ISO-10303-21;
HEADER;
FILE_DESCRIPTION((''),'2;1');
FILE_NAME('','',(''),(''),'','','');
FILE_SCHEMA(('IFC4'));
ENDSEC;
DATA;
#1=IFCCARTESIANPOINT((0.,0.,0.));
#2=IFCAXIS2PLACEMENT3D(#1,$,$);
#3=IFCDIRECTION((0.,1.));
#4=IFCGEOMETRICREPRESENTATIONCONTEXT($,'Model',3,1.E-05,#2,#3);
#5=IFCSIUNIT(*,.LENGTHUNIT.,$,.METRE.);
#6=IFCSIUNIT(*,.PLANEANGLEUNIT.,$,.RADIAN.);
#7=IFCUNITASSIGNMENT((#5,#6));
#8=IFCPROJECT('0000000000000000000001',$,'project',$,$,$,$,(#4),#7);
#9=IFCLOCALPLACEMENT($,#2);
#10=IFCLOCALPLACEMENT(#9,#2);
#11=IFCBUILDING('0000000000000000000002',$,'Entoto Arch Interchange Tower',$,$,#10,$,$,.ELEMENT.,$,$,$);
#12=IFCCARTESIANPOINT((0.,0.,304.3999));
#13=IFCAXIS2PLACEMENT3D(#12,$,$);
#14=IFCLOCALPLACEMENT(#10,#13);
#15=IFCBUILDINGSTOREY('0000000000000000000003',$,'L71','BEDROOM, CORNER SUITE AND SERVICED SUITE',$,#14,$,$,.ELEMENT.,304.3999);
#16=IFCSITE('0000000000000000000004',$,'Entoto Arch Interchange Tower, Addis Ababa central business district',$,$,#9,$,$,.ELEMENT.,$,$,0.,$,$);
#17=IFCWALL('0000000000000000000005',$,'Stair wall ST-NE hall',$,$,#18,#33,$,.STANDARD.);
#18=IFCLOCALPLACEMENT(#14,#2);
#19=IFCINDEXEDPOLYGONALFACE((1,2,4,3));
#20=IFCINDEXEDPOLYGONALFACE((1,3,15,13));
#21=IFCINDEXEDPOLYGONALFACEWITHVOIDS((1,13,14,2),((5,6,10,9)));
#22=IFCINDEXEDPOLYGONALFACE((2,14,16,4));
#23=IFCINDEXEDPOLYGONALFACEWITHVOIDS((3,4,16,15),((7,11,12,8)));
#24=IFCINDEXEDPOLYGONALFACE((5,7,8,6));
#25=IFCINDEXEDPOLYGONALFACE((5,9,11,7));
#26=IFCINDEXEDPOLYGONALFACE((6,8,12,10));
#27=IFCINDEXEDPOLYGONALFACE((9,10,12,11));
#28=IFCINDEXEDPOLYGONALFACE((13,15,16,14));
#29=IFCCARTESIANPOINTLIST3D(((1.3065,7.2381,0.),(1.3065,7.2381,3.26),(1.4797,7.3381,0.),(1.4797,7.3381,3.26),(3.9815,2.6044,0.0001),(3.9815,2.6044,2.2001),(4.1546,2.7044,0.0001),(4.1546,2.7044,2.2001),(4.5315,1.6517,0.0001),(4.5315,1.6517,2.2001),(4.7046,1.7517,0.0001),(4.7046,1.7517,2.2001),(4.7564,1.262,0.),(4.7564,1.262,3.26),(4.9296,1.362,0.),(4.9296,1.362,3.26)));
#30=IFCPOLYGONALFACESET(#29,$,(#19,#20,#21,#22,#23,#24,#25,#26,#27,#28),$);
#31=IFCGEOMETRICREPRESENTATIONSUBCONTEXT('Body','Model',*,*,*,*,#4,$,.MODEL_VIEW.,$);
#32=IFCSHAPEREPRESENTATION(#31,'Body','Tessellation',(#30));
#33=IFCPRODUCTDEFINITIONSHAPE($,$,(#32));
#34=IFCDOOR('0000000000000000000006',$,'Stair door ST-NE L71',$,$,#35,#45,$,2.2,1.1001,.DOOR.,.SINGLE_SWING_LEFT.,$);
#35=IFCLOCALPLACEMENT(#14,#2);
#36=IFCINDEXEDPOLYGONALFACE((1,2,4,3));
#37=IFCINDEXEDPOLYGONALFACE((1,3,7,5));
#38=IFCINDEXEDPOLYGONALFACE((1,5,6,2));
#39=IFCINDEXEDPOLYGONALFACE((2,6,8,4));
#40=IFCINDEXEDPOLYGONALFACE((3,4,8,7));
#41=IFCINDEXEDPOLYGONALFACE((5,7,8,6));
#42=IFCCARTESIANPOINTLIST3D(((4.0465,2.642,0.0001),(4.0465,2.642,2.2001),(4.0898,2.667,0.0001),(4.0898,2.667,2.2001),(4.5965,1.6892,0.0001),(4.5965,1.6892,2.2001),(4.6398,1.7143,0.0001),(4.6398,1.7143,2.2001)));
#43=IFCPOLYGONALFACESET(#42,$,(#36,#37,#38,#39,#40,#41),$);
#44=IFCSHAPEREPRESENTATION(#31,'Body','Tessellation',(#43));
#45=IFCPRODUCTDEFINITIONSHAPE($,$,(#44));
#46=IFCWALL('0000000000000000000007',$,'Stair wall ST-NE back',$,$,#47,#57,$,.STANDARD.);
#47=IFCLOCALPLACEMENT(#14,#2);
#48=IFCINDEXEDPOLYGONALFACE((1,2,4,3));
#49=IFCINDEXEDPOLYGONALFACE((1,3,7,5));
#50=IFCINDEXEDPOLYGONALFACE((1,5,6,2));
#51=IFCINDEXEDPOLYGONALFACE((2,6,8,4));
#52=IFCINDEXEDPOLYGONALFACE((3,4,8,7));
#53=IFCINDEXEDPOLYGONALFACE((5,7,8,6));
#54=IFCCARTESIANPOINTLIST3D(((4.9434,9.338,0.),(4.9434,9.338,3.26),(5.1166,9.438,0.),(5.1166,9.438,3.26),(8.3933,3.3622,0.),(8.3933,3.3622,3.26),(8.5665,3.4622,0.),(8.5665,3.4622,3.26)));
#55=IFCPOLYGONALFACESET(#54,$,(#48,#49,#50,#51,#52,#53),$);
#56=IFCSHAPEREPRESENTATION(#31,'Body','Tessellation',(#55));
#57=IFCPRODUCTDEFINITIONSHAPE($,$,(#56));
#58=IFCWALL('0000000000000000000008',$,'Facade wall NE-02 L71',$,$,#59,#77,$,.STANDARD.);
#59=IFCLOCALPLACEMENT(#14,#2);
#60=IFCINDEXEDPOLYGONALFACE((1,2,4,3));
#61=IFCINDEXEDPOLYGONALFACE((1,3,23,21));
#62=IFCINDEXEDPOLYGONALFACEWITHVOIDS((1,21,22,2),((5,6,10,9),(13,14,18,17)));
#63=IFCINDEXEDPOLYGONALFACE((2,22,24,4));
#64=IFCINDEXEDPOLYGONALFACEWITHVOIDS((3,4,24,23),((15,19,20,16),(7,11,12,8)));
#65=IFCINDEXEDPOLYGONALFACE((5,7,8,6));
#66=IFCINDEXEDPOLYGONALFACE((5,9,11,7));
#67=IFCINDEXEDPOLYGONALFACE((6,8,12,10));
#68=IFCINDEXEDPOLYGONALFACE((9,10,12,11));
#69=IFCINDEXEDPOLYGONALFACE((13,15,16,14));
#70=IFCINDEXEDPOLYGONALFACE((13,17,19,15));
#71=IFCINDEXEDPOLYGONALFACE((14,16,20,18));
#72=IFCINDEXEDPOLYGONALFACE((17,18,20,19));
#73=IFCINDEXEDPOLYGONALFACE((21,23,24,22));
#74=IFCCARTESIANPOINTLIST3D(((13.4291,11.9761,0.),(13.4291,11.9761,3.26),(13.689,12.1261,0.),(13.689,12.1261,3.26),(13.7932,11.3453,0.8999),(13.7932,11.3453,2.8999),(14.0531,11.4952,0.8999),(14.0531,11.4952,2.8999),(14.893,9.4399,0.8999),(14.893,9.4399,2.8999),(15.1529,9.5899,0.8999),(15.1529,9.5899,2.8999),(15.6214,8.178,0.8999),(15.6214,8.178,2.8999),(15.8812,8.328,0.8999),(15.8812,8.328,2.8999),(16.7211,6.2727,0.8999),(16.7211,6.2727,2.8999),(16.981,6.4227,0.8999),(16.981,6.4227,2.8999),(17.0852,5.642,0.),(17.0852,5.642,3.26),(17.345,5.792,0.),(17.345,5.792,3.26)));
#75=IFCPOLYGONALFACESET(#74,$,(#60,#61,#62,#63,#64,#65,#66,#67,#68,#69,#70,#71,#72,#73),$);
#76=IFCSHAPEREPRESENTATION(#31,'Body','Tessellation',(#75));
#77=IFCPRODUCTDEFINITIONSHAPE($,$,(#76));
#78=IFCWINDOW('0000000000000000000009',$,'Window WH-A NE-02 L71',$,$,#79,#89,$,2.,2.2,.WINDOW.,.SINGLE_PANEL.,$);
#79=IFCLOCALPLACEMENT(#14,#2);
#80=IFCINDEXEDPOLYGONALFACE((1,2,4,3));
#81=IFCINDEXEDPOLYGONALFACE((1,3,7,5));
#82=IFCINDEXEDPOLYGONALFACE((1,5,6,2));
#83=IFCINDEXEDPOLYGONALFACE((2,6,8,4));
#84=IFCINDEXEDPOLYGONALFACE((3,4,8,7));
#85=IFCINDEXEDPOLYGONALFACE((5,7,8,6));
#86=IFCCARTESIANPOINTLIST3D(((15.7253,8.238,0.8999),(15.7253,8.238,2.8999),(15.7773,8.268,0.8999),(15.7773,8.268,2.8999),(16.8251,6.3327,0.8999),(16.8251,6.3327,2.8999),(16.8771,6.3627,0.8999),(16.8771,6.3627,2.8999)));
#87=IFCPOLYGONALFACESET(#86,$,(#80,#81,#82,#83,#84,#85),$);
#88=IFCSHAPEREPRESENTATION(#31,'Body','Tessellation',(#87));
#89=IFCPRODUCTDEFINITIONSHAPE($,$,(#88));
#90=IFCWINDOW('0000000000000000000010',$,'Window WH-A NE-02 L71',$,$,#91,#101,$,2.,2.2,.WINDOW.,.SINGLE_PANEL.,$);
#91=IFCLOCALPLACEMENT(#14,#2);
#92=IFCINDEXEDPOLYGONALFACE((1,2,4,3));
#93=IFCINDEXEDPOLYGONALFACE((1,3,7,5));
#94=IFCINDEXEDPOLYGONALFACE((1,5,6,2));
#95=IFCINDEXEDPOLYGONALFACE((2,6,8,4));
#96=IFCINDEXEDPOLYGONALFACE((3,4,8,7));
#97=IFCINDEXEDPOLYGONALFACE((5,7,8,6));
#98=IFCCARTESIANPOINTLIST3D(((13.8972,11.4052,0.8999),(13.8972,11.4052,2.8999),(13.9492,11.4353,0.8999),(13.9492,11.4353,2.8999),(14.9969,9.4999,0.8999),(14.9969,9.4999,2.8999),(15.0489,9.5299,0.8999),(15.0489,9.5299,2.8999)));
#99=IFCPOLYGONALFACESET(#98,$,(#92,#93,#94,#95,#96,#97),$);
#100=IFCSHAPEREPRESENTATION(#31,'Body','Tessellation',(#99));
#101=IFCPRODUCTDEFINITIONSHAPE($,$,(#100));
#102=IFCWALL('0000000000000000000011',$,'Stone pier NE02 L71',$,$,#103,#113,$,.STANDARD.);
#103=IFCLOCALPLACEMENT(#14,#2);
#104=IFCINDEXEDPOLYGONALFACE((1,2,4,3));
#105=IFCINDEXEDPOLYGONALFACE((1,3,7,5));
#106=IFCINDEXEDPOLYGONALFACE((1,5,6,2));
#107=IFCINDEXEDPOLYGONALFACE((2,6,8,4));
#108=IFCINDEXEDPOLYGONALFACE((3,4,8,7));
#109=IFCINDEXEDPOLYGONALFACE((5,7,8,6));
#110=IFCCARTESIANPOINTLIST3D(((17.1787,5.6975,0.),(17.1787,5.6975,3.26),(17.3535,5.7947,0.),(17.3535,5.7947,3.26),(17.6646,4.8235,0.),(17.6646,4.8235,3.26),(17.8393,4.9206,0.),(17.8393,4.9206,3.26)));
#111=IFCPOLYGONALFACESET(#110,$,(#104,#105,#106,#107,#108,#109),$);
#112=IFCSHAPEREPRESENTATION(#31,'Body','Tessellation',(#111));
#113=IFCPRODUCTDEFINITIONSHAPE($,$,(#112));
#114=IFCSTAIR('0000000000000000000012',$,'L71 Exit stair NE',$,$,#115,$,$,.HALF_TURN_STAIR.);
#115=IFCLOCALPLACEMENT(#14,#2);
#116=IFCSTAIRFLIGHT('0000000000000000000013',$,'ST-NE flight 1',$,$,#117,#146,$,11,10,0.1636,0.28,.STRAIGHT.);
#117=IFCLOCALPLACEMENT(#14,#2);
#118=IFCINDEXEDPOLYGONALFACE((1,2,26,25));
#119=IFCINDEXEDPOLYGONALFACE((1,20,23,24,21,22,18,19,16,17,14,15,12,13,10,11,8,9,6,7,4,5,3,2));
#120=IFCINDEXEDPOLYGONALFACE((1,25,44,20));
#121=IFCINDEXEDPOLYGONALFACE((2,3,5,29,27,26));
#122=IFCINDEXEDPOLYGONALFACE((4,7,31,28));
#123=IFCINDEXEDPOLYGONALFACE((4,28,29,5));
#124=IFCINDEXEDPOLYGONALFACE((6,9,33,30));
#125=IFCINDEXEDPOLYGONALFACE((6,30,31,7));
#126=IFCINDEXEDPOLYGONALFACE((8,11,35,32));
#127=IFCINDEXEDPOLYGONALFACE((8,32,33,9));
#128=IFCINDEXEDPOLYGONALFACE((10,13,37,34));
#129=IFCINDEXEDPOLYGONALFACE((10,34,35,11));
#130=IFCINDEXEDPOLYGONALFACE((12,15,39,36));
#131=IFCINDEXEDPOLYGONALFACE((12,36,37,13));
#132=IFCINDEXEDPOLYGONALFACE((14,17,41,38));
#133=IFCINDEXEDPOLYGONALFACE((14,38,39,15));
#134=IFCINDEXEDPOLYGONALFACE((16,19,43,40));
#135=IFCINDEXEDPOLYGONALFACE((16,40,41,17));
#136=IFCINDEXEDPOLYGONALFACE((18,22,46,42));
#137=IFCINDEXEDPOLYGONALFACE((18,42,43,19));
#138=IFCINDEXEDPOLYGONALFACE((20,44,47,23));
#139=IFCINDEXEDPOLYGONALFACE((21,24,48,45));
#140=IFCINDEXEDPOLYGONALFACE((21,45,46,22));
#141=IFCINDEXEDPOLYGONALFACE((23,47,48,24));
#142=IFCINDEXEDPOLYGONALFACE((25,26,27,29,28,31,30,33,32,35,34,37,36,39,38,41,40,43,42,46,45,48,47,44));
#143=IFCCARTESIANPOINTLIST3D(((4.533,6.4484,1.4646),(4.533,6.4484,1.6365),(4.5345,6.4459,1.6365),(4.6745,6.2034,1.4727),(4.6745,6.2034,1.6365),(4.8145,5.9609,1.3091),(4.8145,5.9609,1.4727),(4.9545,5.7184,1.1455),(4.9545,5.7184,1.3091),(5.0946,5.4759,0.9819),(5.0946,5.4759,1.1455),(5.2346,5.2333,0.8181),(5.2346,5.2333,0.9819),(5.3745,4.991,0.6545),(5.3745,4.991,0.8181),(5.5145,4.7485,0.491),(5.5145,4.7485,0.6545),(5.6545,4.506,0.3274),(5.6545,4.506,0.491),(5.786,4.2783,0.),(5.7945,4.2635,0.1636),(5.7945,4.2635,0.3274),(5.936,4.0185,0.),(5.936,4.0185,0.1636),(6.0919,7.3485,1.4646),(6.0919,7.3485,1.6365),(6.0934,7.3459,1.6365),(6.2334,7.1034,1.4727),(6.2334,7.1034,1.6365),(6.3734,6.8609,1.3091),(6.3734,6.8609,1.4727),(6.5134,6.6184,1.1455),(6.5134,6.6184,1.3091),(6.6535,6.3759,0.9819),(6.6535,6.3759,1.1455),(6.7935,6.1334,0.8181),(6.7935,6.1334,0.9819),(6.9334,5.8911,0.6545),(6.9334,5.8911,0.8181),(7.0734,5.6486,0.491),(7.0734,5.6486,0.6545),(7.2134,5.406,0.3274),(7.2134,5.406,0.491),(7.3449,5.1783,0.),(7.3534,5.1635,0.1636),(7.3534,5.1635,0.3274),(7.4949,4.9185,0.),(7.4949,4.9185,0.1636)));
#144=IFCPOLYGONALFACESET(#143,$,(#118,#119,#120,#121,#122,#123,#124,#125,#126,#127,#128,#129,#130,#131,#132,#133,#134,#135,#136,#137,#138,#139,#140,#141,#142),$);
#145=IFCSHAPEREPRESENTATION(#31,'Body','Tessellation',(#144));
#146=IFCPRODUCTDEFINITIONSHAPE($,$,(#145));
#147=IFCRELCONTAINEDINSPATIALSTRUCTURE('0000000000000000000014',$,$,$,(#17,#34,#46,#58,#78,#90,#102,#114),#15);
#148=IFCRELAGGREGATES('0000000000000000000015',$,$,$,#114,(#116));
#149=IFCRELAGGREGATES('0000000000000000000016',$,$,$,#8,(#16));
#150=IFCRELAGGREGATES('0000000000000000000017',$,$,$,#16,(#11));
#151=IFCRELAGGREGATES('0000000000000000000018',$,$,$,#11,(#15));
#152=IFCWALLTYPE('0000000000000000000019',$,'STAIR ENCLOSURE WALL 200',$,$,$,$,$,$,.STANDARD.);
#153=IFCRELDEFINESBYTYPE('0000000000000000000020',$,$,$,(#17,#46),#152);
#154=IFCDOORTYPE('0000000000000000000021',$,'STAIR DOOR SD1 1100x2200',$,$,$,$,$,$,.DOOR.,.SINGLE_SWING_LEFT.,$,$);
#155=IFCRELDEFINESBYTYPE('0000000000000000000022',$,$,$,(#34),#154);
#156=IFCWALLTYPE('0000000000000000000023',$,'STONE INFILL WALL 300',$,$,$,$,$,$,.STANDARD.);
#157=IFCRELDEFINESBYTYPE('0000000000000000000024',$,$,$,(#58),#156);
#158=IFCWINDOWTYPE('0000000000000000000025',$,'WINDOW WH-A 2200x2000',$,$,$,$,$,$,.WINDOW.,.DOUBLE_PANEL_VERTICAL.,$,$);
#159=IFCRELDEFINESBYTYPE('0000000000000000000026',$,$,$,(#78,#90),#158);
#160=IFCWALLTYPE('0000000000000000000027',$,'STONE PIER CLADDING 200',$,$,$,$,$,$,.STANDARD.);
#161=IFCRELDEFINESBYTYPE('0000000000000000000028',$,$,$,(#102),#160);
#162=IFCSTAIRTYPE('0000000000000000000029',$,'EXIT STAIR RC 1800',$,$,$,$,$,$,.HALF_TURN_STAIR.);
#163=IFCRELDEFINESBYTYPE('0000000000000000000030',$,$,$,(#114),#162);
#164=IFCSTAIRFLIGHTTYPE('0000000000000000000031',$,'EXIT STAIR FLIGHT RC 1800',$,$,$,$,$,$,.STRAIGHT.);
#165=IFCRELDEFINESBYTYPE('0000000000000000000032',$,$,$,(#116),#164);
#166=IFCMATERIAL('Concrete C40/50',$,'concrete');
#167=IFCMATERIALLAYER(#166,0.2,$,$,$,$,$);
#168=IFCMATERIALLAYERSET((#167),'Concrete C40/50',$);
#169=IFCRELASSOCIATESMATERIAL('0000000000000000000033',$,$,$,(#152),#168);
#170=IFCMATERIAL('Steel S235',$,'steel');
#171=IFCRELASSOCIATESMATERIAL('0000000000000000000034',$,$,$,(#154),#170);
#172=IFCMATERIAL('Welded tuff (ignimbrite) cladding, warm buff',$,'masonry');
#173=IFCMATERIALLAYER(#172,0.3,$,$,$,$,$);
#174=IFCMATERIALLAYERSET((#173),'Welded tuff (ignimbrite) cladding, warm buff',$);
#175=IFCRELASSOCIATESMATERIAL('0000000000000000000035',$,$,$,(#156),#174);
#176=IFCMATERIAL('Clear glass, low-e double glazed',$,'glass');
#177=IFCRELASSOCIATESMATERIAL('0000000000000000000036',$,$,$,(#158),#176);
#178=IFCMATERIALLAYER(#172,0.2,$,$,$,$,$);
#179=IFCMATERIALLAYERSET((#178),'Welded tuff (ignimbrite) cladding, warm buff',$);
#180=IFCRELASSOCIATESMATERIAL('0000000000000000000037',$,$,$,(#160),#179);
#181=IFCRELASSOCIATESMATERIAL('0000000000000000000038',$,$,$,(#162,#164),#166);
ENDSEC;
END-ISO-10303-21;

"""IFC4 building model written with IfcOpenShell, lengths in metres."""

from ifc_helpers import new_model, si_unit, direction, frame, frame_2d, origin, place, context, subcontext, project, spatial, polyline, rectangle, outline, extrude, material, layer, layer_set, type_object, element, fill, aggregate, save


model = new_model("IFC4")

# Units and contexts
model_context = context("Model", 3, precision=1e-05, world=origin(), true_north=direction((0.0, 1.0)))
body_context = subcontext(model_context, "Body", "Model", "MODEL_VIEW")
ifc_project = project(units=[si_unit("LENGTHUNIT", "METRE"), si_unit("PLANEANGLEUNIT", "RADIAN")], contexts=[model_context])

# Site, building, storey
site_placement = place(None, origin())
site = spatial("IfcSite", under=ifc_project, at=site_placement, Name="Entoto Arch Interchange Tower, Addis Ababa central business district", CompositionType="ELEMENT", RefElevation=0.0)
building_placement = place(site_placement, origin())
building = spatial("IfcBuilding", under=site, at=building_placement, Name="Entoto Arch Interchange Tower", CompositionType="ELEMENT")
storey_placement = place(building_placement, frame((0.0, 0.0, 304.3999)))
storey = spatial("IfcBuildingStorey", under=building, at=storey_placement, Name="L71", Description="BEDROOM, CORNER SUITE AND SERVICED SUITE", CompositionType="ELEMENT", Elevation=304.3999)

# Shared definitions
ifc_material_1 = material(Name="Concrete C40/50", Category="concrete")

# Wall, opening, door
ifc_layer_1 = layer(ifc_material_1, 0.2)
ifc_layer_set_1 = layer_set([ifc_layer_1], Name="Concrete C40/50")
wall_type_1 = type_object("IfcWallType", Name="STAIR ENCLOSURE WALL 200", PredefinedType="STANDARD", material=ifc_layer_set_1)
wall_1_placement = place(storey_placement, frame((4.843, 1.312, 0.0), z_axis=(0.0, 0.0, 1.0), x_axis=(-0.499963, 0.866047, 0.0)))
wall_1 = element("IfcWall", 1, at=wall_1_placement, inside=storey, type_object=wall_type_1, Name="Stair wall ST-NE hall", PredefinedType="STANDARD", context=body_context, shape_type="SweptSolid", body=[
    extrude(rectangle(XDim=6.9004, YDim=0.2, at=frame_2d((3.4502, 0.0))), origin(), (0.0, 0.0, 1.0), 3.26),
])
opening_1_placement = place(wall_1_placement, frame((0.45, 0.0, 0.0)))
opening_1 = element("IfcOpeningElement", 2, at=opening_1_placement, cuts=wall_1, PredefinedType="OPENING", context=body_context, shape_type="SweptSolid", body=[
    extrude(rectangle(XDim=1.1001, YDim=2.2, at=frame_2d((0.55, 1.1001))), frame((0.0, 0.1099, 0.0), z_axis=(0.0, -1.0, 0.0), x_axis=(1.0, 0.0, 0.0)), (0.0, 0.0, 1.0), 0.22),
])
ifc_material_2 = material(Name="Steel S235", Category="steel")
door_type_1 = type_object("IfcDoorType", Name="STAIR DOOR SD1 1100x2200", OperationType="SINGLE_SWING_LEFT", PredefinedType="DOOR", material=ifc_material_2)
door_1_placement = place(opening_1_placement, origin())
door_1 = element("IfcDoor", 3, at=door_1_placement, inside=storey, type_object=door_type_1, Name="Stair door ST-NE L71", OperationType="SINGLE_SWING_LEFT", OverallHeight=2.2, OverallWidth=1.1001, PredefinedType="DOOR", context=body_context, shape_type="SweptSolid", body=[
    extrude(rectangle(XDim=1.1001, YDim=2.2, at=frame_2d((0.55, 1.1001))), frame((0.0, 0.0249, 0.0), z_axis=(0.0, -1.0, 0.0), x_axis=(1.0, 0.0, 0.0)), (0.0, 0.0, 1.0), 0.05),
])
fill(opening_1, door_1)

# Wall
wall_2_placement = place(storey_placement, frame((8.48, 3.4121, 0.0), z_axis=(0.0, 0.0, 1.0), x_axis=(-0.499979, 0.866038, 0.0)))
element("IfcWall", 4, at=wall_2_placement, inside=storey, type_object=wall_type_1, Name="Stair wall ST-NE back", PredefinedType="STANDARD", context=body_context, shape_type="SweptSolid", body=[
    extrude(rectangle(XDim=6.9001, YDim=0.2, at=frame_2d((3.4502, 0.0))), origin(), (0.0, 0.0, 1.0), 3.26),
])

# Wall, openings, windows
ifc_material_3 = material(Name="Welded tuff (ignimbrite) cladding, warm buff", Category="masonry")
ifc_layer_2 = layer(ifc_material_3, 0.3)
ifc_layer_set_2 = layer_set([ifc_layer_2], Name="Welded tuff (ignimbrite) cladding, warm buff")
wall_type_2 = type_object("IfcWallType", Name="STONE INFILL WALL 300", PredefinedType="STANDARD", material=ifc_layer_set_2)
wall_3_placement = place(storey_placement, frame((17.2151, 5.717, 0.0), z_axis=(0.0, 0.0, 1.0), x_axis=(-0.499905, 0.86608, 0.0)))
wall_3 = element("IfcWall", 5, at=wall_3_placement, inside=storey, type_object=wall_type_2, Name="Facade wall NE-02 L71", PredefinedType="STANDARD", context=body_context, shape_type="SweptSolid", body=[
    extrude(rectangle(XDim=7.3135, YDim=0.3, at=frame_2d((3.6567, 0.0))), origin(), (0.0, 0.0, 1.0), 3.26),
])
opening_2_placement = place(wall_3_placement, frame((0.728, 0.0, 0.8999)))
opening_2 = element("IfcOpeningElement", 6, at=opening_2_placement, cuts=wall_3, PredefinedType="OPENING", context=body_context, shape_type="SweptSolid", body=[
    extrude(rectangle(XDim=2.2, YDim=2.0, at=frame_2d((1.1001, 1.0))), frame((0.0, 0.1602, 0.0), z_axis=(0.0, -1.0, 0.0), x_axis=(1.0, 0.0, 0.0)), (0.0, 0.0, 1.0), 0.3201),
])
opening_3_placement = place(wall_3_placement, frame((4.385, 0.0, 0.8999)))
opening_3 = element("IfcOpeningElement", 7, at=opening_3_placement, cuts=wall_3, PredefinedType="OPENING", context=body_context, shape_type="SweptSolid", body=[
    extrude(rectangle(XDim=2.2, YDim=2.0, at=frame_2d((1.1001, 1.0))), frame((0.0, 0.1602, 0.0), z_axis=(0.0, -1.0, 0.0), x_axis=(1.0, 0.0, 0.0)), (0.0, 0.0, 1.0), 0.3201),
])
ifc_material_4 = material(Name="Clear glass, low-e double glazed", Category="glass")
window_type = type_object("IfcWindowType", Name="WINDOW WH-A 2200x2000", PartitioningType="DOUBLE_PANEL_VERTICAL", PredefinedType="WINDOW", material=ifc_material_4)
window_1_placement = place(opening_2_placement, origin())
window_1 = element("IfcWindow", 8, at=window_1_placement, inside=storey, type_object=window_type, Name="Window WH-A NE-02 L71", OverallHeight=2.0, OverallWidth=2.2, PartitioningType="SINGLE_PANEL", PredefinedType="WINDOW", context=body_context, shape_type="SweptSolid", body=[
    extrude(rectangle(XDim=2.2, YDim=2.0, at=frame_2d((1.1001, 1.0))), frame((0.0, 0.03, 0.0), z_axis=(0.0, -1.0, 0.0), x_axis=(1.0, 0.0, 0.0)), (0.0, 0.0, 1.0), 0.0601),
])
fill(opening_2, window_1)
window_2_placement = place(opening_3_placement, origin())
window_2 = element("IfcWindow", 9, at=window_2_placement, inside=storey, type_object=window_type, Name="Window WH-A NE-02 L71", OverallHeight=2.0, OverallWidth=2.2, PartitioningType="SINGLE_PANEL", PredefinedType="WINDOW", context=body_context, shape_type="SweptSolid", body=[
    extrude(rectangle(XDim=2.2, YDim=2.0, at=frame_2d((1.1001, 1.0))), frame((0.0, 0.03, 0.0), z_axis=(0.0, -1.0, 0.0), x_axis=(1.0, 0.0, 0.0)), (0.0, 0.0, 1.0), 0.0601),
])
fill(opening_3, window_2)

# Wall
ifc_layer_3 = layer(ifc_material_3, 0.2)
ifc_layer_set_3 = layer_set([ifc_layer_3], Name="Welded tuff (ignimbrite) cladding, warm buff")
wall_type_3 = type_object("IfcWallType", Name="STONE PIER CLADDING 200", PredefinedType="STANDARD", material=ifc_layer_set_3)
wall_4_placement = place(storey_placement, frame((17.752, 4.8721, 0.0), z_axis=(0.0, 0.0, 1.0), x_axis=(-0.48585, 0.874042, 0.0)))
element("IfcWall", 10, at=wall_4_placement, inside=storey, type_object=wall_type_3, Name="Stone pier NE02 L71", PredefinedType="STANDARD", context=body_context, shape_type="SweptSolid", body=[
    extrude(rectangle(XDim=1.0, YDim=0.2, at=frame_2d((0.5, 0.0))), origin(), (0.0, 0.0, 1.0), 3.26),
])

# Stair, stair flight
stair_type = type_object("IfcStairType", Name="EXIT STAIR RC 1800", PredefinedType="HALF_TURN_STAIR", material=ifc_material_1)
stair_placement = place(storey_placement, origin())
stair = element("IfcStair", 11, at=stair_placement, inside=storey, type_object=stair_type, Name="L71 Exit stair NE", PredefinedType="HALF_TURN_STAIR")
stair_flight_type = type_object("IfcStairFlightType", Name="EXIT STAIR FLIGHT RC 1800", PredefinedType="STRAIGHT", material=ifc_material_1)
stair_flight_placement = place(storey_placement, frame((6.7139, 4.4709, 0.0), z_axis=(0.0, 0.0, 1.0), x_axis=(-0.5, 0.866025, 0.0)))
stair_flight = element("IfcStairFlight", 12, at=stair_flight_placement, type_object=stair_flight_type, Name="ST-NE flight 1", NumberOfRisers=11, NumberOfTreads=10, PredefinedType="STRAIGHT", RiserHeight=0.1636, TreadLength=0.28, context=body_context, shape_type="SweptSolid", body=[
    extrude(outline(polyline([(-0.0029, 0.0), (-0.0029, 0.1636), (0.28, 0.1636), (0.28, 0.3274), (0.5601, 0.3274), (0.5601, 0.491), (0.8401, 0.491), (0.8401, 0.6545), (1.1201, 0.6545), (1.1201, 0.8181), (1.3999, 0.8181), (1.3999, 0.9819), (1.6799, 0.9819), (1.6799, 1.1455), (1.96, 1.1455), (1.96, 1.3091), (2.24, 1.3091), (2.24, 1.4727), (2.52, 1.4727), (2.52, 1.6365), (2.8, 1.6365), (2.803, 1.6365), (2.803, 1.4646), (0.2971, 0.0), (-0.0029, 0.0)])), frame((0.0, 0.8999, 0.0), z_axis=(0.0, -1.0, 0.0), x_axis=(1.0, 0.0, 0.0)), (0.0, 0.0, 1.0), 1.8),
])
aggregate(stair, [stair_flight])

save(model, "model.ifc")
